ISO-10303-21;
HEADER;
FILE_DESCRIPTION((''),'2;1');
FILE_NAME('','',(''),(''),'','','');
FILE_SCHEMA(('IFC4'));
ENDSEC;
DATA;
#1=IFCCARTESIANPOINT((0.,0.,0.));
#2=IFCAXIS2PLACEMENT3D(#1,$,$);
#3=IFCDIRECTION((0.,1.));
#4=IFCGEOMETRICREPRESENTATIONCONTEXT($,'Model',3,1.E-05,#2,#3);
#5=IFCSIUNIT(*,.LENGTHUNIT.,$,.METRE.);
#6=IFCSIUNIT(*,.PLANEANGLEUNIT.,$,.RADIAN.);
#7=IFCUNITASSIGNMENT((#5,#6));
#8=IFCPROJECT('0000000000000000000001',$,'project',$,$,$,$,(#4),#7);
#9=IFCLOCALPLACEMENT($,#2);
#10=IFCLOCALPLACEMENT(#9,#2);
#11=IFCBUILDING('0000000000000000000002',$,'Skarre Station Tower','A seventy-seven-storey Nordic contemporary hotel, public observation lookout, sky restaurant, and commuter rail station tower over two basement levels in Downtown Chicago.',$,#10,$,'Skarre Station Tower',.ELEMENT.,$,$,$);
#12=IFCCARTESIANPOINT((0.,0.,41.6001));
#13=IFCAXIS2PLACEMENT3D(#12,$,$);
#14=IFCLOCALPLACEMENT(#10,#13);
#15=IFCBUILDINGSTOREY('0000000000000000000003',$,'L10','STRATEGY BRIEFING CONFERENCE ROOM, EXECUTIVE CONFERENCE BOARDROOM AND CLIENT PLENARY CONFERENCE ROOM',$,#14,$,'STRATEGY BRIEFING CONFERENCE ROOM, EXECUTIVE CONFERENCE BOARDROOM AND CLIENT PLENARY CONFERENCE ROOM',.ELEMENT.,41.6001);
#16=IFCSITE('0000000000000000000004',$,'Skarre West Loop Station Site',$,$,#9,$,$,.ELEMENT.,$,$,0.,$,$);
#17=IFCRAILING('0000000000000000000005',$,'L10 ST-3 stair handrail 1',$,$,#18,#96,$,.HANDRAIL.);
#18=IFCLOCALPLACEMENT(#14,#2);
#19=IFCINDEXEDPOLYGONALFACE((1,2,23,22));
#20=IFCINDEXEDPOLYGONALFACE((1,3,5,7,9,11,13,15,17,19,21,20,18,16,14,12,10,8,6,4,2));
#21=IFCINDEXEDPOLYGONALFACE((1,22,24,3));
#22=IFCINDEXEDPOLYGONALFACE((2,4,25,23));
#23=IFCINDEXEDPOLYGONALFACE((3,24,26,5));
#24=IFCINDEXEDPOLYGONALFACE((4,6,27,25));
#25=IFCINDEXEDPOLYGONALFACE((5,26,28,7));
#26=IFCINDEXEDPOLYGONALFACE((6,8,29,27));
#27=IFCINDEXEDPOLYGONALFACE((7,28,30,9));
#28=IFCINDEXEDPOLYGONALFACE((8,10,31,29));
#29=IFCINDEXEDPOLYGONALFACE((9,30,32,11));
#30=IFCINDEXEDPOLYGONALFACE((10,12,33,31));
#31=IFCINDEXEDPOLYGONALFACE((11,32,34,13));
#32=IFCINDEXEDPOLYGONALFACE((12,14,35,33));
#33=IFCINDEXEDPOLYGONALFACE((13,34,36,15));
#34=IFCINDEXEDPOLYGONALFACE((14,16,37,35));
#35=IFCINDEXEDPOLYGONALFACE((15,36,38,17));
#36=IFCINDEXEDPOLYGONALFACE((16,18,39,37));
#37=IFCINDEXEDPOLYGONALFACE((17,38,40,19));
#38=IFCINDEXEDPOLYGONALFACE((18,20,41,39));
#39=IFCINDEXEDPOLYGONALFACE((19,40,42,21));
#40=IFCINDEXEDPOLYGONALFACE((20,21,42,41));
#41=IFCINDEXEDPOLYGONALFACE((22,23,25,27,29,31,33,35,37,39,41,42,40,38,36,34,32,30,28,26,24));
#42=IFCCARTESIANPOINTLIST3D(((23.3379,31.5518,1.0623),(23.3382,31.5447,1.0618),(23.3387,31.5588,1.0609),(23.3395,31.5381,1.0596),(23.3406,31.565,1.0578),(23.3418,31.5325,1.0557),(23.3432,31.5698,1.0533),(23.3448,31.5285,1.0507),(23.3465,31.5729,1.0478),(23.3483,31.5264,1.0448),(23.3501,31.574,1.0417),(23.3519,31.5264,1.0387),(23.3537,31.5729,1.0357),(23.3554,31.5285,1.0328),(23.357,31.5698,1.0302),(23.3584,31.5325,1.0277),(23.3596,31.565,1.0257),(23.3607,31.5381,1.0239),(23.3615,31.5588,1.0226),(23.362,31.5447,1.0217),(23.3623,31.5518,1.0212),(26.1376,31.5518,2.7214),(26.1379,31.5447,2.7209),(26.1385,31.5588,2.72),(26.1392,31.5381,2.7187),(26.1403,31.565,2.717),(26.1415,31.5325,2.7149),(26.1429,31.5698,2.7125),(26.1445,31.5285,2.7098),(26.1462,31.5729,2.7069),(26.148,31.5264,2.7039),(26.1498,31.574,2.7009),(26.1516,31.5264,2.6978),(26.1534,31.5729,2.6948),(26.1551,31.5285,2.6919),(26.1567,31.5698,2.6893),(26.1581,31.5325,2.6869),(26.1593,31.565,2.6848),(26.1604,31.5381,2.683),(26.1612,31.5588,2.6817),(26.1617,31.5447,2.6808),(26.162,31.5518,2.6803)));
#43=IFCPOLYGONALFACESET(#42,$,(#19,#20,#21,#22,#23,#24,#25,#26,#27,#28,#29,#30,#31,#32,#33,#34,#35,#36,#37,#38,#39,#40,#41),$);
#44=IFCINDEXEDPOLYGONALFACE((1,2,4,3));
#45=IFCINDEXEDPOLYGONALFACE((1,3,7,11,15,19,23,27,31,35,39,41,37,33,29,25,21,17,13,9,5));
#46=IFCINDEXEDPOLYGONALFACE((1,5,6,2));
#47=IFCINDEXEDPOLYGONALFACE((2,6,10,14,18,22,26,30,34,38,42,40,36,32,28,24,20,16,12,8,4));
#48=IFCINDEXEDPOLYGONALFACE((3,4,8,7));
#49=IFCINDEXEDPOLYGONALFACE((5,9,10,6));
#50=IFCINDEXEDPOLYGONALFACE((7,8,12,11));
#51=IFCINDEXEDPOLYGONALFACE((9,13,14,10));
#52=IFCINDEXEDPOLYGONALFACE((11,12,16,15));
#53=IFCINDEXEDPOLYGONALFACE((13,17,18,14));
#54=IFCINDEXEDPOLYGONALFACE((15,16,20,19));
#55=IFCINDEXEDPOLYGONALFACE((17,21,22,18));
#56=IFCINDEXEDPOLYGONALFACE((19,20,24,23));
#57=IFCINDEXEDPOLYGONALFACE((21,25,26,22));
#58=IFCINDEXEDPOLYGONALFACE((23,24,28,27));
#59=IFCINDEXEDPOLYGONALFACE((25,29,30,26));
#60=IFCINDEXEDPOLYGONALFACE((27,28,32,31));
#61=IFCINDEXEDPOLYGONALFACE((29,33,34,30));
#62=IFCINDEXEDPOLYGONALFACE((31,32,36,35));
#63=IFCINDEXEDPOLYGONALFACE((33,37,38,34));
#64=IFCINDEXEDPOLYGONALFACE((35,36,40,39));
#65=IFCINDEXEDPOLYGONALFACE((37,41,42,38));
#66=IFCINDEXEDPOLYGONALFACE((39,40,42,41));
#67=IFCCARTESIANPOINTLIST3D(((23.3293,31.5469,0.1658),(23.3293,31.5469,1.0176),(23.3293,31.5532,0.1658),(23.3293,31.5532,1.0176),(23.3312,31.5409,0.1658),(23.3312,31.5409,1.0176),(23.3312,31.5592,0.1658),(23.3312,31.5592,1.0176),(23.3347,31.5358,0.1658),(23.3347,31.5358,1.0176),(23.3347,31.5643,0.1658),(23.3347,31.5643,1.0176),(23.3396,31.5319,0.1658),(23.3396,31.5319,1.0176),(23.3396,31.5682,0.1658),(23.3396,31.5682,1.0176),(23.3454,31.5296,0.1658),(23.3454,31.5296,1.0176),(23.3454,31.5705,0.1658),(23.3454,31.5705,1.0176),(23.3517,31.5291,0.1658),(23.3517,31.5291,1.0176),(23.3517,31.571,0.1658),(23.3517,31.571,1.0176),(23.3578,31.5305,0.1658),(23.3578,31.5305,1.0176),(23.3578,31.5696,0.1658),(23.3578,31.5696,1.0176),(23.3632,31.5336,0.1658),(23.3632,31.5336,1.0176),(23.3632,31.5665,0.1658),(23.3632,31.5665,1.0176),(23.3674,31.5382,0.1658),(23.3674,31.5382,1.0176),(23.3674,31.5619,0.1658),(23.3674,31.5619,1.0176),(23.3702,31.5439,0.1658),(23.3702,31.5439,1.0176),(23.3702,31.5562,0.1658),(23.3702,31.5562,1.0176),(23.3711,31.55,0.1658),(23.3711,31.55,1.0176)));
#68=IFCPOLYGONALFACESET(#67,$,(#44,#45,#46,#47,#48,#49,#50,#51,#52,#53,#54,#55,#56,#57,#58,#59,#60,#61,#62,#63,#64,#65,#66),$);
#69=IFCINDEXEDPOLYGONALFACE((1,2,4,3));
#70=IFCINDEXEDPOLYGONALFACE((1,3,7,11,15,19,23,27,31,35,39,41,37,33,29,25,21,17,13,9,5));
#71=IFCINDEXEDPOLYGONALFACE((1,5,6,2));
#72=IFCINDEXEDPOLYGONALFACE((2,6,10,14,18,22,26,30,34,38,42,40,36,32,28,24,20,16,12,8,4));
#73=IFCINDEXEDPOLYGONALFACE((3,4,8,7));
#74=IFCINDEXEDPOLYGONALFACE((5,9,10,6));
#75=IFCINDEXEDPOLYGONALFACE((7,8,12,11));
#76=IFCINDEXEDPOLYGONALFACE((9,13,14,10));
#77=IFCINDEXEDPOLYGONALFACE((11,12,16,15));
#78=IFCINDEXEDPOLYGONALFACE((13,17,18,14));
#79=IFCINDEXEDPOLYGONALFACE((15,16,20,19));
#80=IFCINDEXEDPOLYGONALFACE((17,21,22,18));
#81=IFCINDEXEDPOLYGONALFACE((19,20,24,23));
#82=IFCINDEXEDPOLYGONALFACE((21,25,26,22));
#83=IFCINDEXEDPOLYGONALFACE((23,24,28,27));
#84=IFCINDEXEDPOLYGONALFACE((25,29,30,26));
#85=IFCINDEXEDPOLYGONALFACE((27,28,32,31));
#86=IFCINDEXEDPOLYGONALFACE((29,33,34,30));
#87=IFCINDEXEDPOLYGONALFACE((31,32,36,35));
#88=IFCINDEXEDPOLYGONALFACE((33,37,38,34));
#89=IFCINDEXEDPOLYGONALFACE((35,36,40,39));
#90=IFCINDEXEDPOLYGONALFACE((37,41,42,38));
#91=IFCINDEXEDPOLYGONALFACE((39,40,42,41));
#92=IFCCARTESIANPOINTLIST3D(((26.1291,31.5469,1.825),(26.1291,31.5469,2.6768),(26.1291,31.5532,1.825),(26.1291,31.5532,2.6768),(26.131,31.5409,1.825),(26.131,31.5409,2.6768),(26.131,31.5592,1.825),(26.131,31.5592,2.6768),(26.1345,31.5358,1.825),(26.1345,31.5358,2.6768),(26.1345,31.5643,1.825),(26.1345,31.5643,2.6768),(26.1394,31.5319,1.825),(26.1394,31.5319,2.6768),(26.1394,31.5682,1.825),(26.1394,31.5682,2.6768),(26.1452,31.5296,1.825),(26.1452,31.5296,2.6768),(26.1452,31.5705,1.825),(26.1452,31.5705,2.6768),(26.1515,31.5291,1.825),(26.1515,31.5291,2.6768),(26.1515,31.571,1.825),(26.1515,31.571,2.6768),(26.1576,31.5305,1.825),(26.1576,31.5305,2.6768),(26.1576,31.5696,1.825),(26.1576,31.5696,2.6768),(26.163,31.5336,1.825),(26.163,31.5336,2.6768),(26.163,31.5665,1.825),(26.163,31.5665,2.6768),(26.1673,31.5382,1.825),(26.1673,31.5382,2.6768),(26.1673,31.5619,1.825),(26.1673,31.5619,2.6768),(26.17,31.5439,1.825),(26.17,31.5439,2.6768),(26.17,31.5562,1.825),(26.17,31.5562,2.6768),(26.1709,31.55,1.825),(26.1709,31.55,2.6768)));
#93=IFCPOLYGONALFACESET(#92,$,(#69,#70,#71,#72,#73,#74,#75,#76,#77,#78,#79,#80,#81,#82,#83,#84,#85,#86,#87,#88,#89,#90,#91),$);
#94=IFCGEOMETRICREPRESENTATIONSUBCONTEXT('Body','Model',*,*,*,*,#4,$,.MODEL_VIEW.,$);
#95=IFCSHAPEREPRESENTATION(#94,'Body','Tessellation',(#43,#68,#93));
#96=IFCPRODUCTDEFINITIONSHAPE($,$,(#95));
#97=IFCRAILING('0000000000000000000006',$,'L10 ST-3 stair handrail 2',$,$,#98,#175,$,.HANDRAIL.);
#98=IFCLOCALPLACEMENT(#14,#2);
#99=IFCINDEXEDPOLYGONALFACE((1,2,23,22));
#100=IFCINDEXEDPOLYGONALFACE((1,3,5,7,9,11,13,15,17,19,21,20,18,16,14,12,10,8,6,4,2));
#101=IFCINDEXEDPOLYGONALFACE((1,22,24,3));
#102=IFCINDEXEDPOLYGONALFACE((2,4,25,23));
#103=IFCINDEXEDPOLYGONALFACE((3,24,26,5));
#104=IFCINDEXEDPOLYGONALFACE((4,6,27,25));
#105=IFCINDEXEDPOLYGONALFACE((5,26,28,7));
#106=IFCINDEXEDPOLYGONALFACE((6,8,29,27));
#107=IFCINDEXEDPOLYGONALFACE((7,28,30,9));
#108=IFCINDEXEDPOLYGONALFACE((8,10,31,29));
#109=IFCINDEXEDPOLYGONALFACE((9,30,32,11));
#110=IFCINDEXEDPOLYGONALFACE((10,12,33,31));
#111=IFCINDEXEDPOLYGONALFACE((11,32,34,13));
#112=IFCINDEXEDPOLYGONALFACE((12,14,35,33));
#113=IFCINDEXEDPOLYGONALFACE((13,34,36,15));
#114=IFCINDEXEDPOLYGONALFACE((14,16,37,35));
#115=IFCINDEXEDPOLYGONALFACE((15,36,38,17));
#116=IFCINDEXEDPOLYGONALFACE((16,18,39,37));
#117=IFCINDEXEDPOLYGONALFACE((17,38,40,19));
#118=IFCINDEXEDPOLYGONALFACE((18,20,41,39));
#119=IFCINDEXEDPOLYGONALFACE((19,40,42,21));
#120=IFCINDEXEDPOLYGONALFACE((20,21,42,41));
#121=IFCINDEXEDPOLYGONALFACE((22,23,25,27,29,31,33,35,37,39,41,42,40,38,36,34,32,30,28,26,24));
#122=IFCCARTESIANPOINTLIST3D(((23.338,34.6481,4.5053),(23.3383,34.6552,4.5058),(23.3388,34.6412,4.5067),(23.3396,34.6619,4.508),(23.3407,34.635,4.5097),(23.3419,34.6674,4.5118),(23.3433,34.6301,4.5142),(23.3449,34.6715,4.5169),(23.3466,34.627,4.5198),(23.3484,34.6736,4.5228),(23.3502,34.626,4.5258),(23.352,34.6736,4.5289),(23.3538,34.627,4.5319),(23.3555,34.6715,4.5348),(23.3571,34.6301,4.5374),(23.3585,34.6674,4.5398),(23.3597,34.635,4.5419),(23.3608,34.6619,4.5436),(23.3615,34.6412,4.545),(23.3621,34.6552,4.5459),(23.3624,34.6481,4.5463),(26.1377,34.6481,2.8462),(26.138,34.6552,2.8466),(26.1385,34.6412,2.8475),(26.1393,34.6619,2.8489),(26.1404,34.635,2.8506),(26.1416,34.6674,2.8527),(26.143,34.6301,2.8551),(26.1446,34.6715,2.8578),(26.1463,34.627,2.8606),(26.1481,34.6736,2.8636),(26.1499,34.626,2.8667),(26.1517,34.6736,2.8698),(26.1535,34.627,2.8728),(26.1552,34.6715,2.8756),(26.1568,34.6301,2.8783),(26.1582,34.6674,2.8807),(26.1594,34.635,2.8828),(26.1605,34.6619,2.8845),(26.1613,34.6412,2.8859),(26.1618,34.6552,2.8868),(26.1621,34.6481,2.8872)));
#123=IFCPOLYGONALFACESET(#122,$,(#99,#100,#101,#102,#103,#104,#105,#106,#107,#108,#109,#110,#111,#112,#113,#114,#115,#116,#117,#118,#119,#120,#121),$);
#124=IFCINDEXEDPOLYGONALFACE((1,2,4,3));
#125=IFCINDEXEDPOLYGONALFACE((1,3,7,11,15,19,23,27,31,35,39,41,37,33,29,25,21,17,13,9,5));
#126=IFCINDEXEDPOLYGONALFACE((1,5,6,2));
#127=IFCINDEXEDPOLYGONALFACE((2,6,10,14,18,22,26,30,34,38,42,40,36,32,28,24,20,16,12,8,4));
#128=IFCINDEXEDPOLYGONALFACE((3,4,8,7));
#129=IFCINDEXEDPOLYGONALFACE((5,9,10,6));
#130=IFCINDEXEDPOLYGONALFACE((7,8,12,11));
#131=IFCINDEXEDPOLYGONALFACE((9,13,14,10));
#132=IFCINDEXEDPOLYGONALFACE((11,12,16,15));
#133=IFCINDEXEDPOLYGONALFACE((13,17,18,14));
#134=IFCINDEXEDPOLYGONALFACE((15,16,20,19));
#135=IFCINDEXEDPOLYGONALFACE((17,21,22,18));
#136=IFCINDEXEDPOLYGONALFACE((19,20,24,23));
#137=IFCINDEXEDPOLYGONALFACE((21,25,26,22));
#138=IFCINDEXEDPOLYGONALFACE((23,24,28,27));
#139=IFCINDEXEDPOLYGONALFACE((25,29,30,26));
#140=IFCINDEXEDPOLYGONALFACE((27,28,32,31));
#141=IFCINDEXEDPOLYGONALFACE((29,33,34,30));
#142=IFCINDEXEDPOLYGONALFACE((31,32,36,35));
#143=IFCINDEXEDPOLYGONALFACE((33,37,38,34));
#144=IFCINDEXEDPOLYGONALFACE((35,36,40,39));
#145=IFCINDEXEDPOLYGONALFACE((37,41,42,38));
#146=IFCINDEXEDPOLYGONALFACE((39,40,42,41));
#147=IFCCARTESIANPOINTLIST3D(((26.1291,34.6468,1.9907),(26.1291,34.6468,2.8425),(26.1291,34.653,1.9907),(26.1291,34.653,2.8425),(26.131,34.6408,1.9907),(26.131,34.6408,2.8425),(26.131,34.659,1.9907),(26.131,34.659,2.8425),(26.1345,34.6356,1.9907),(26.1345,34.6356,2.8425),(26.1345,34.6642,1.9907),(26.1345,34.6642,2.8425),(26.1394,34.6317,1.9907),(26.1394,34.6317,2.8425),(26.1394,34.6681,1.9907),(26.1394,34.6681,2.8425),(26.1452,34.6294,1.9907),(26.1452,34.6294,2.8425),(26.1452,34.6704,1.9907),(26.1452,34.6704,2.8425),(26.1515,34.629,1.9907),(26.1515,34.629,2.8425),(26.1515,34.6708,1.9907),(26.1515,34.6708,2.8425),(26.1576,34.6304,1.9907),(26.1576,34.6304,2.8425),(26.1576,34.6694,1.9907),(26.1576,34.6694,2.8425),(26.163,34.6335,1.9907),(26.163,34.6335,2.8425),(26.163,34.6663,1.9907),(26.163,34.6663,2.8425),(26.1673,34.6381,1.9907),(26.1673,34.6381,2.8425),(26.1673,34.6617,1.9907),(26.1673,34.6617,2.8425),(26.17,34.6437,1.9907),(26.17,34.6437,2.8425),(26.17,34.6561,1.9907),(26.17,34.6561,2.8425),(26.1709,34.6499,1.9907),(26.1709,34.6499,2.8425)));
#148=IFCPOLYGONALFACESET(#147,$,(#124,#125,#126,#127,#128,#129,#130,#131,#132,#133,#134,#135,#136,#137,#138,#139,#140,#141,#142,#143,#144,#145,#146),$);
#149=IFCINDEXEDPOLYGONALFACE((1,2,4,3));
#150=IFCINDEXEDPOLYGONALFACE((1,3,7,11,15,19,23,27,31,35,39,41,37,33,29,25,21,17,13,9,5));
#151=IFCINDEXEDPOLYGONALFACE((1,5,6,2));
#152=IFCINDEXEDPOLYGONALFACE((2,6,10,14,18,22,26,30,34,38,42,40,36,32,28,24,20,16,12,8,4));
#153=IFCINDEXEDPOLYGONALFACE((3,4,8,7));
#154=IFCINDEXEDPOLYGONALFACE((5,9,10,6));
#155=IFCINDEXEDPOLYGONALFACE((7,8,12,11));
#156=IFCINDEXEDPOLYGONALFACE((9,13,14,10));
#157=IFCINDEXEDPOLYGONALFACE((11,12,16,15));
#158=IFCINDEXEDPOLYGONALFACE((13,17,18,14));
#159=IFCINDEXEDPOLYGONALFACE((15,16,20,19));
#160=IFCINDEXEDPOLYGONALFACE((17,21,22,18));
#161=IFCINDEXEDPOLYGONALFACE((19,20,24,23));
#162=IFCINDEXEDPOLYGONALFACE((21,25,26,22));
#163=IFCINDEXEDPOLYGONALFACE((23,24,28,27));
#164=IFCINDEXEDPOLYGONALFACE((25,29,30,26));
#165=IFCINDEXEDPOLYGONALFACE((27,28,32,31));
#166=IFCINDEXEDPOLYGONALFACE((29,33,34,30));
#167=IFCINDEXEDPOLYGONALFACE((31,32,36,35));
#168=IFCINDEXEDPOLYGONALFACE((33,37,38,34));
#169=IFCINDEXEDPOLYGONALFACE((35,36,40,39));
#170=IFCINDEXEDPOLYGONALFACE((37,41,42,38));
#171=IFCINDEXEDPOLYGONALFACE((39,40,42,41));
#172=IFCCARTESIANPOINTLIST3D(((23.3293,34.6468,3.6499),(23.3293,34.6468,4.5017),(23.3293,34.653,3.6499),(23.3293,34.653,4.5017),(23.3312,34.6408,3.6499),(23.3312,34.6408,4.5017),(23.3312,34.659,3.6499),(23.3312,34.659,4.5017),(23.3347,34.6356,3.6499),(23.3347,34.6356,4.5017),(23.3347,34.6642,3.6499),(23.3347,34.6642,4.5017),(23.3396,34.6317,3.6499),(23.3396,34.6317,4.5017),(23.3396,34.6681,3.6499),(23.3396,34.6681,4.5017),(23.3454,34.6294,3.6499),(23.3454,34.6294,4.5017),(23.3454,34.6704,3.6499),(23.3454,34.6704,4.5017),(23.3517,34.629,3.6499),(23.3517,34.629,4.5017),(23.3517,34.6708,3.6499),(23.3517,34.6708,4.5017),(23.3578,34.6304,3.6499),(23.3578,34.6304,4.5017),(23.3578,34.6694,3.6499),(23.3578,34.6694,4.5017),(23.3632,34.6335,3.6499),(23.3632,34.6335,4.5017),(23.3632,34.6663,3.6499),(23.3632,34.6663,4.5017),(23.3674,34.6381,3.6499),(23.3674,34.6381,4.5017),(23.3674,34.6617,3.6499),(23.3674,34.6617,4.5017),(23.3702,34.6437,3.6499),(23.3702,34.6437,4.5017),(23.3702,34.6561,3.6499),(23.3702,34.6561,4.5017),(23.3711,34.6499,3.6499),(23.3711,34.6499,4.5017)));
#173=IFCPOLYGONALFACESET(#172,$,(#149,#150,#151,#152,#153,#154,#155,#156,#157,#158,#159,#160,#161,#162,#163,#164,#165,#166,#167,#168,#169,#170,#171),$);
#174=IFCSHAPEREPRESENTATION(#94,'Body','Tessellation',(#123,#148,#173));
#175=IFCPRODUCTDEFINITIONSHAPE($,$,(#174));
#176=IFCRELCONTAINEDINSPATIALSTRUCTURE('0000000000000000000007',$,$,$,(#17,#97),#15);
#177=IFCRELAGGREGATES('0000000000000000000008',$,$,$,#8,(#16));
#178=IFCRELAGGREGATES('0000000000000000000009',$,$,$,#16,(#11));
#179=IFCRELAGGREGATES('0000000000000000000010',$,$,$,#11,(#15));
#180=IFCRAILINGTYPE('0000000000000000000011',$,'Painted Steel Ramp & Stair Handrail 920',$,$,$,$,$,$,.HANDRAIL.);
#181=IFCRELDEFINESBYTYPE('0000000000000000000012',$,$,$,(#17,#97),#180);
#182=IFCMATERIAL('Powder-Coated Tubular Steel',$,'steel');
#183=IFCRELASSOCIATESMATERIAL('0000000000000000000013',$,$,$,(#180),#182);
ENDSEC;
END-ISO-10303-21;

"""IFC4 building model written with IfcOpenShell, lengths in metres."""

from ifc_helpers import new_model, si_unit, direction, frame, origin, origin_2d, place, context, subcontext, project, spatial, circle, extrude, material, type_object, element, save


model = new_model("IFC4")

# Units and contexts
model_context = context("Model", 3, precision=1e-05, world=origin(), true_north=direction((0.0, 1.0)))
body_context = subcontext(model_context, "Body", "Model", "MODEL_VIEW")
ifc_project = project(units=[si_unit("LENGTHUNIT", "METRE"), si_unit("PLANEANGLEUNIT", "RADIAN")], contexts=[model_context])

# Site, building, storey
site_placement = place(None, origin())
site = spatial("IfcSite", under=ifc_project, at=site_placement, Name="Skarre West Loop Station Site", CompositionType="ELEMENT", RefElevation=0.0)
building_placement = place(site_placement, origin())
building = spatial("IfcBuilding", under=site, at=building_placement, Name="Skarre Station Tower", Description="A seventy-seven-storey Nordic contemporary hotel, public observation lookout, sky restaurant, and commuter rail station tower over two basement levels in Downtown Chicago.", LongName="Skarre Station Tower", CompositionType="ELEMENT")
storey_placement = place(building_placement, frame((0.0, 0.0, 41.6001)))
storey = spatial("IfcBuildingStorey", under=building, at=storey_placement, Name="L10", Description="STRATEGY BRIEFING CONFERENCE ROOM, EXECUTIVE CONFERENCE BOARDROOM AND CLIENT PLENARY CONFERENCE ROOM", LongName="STRATEGY BRIEFING CONFERENCE ROOM, EXECUTIVE CONFERENCE BOARDROOM AND CLIENT PLENARY CONFERENCE ROOM", CompositionType="ELEMENT", Elevation=41.6001)

# Railings
ifc_material_1 = material(Name="Powder-Coated Tubular Steel", Category="steel")
railing_type_1 = type_object("IfcRailingType", Name="Painted Steel Ramp & Stair Handrail 920", PredefinedType="HANDRAIL", material=ifc_material_1)
railing_1_placement = place(storey_placement, frame((23.3501, 31.55, 0.1658)))
element("IfcRailing", 1, at=railing_1_placement, inside=storey, type_object=railing_type_1, Name="L10 ST-3 stair handrail 1", PredefinedType="HANDRAIL", context=body_context, shape_type="SweptSolid", body=[
    extrude(circle(Radius=0.0239, at=origin_2d()), frame((0.0, 0.0, 0.876), z_axis=(0.860287, 0.0, 0.509811), x_axis=(0.0, 1.0, 0.0)), (0.0, 0.0, 1.0), 3.2544),
    extrude(circle(Radius=0.021, at=origin_2d()), origin(), (0.0, 0.0, 1.0), 0.8518),
    extrude(circle(Radius=0.021, at=origin_2d()), frame((2.7998, 0.0, 1.6592)), (0.0, 0.0, 1.0), 0.8518),
])
railing_2_placement = place(storey_placement, frame((26.1499, 34.6499, 1.9907)))
element("IfcRailing", 2, at=railing_2_placement, inside=storey, type_object=railing_type_1, Name="L10 ST-3 stair handrail 2", PredefinedType="HANDRAIL", context=body_context, shape_type="SweptSolid", body=[
    extrude(circle(Radius=0.0239, at=origin_2d()), frame((0.0, 0.0, 0.876), z_axis=(-0.860287, 0.0, 0.509811), x_axis=(0.0, -1.0, 0.0)), (0.0, 0.0, 1.0), 3.2544),
    extrude(circle(Radius=0.021, at=origin_2d()), origin(), (0.0, 0.0, 1.0), 0.8518),
    extrude(circle(Radius=0.021, at=origin_2d()), frame((-2.7998, 0.0, 1.6592)), (0.0, 0.0, 1.0), 0.8518),
])

save(model, "model.ifc")
